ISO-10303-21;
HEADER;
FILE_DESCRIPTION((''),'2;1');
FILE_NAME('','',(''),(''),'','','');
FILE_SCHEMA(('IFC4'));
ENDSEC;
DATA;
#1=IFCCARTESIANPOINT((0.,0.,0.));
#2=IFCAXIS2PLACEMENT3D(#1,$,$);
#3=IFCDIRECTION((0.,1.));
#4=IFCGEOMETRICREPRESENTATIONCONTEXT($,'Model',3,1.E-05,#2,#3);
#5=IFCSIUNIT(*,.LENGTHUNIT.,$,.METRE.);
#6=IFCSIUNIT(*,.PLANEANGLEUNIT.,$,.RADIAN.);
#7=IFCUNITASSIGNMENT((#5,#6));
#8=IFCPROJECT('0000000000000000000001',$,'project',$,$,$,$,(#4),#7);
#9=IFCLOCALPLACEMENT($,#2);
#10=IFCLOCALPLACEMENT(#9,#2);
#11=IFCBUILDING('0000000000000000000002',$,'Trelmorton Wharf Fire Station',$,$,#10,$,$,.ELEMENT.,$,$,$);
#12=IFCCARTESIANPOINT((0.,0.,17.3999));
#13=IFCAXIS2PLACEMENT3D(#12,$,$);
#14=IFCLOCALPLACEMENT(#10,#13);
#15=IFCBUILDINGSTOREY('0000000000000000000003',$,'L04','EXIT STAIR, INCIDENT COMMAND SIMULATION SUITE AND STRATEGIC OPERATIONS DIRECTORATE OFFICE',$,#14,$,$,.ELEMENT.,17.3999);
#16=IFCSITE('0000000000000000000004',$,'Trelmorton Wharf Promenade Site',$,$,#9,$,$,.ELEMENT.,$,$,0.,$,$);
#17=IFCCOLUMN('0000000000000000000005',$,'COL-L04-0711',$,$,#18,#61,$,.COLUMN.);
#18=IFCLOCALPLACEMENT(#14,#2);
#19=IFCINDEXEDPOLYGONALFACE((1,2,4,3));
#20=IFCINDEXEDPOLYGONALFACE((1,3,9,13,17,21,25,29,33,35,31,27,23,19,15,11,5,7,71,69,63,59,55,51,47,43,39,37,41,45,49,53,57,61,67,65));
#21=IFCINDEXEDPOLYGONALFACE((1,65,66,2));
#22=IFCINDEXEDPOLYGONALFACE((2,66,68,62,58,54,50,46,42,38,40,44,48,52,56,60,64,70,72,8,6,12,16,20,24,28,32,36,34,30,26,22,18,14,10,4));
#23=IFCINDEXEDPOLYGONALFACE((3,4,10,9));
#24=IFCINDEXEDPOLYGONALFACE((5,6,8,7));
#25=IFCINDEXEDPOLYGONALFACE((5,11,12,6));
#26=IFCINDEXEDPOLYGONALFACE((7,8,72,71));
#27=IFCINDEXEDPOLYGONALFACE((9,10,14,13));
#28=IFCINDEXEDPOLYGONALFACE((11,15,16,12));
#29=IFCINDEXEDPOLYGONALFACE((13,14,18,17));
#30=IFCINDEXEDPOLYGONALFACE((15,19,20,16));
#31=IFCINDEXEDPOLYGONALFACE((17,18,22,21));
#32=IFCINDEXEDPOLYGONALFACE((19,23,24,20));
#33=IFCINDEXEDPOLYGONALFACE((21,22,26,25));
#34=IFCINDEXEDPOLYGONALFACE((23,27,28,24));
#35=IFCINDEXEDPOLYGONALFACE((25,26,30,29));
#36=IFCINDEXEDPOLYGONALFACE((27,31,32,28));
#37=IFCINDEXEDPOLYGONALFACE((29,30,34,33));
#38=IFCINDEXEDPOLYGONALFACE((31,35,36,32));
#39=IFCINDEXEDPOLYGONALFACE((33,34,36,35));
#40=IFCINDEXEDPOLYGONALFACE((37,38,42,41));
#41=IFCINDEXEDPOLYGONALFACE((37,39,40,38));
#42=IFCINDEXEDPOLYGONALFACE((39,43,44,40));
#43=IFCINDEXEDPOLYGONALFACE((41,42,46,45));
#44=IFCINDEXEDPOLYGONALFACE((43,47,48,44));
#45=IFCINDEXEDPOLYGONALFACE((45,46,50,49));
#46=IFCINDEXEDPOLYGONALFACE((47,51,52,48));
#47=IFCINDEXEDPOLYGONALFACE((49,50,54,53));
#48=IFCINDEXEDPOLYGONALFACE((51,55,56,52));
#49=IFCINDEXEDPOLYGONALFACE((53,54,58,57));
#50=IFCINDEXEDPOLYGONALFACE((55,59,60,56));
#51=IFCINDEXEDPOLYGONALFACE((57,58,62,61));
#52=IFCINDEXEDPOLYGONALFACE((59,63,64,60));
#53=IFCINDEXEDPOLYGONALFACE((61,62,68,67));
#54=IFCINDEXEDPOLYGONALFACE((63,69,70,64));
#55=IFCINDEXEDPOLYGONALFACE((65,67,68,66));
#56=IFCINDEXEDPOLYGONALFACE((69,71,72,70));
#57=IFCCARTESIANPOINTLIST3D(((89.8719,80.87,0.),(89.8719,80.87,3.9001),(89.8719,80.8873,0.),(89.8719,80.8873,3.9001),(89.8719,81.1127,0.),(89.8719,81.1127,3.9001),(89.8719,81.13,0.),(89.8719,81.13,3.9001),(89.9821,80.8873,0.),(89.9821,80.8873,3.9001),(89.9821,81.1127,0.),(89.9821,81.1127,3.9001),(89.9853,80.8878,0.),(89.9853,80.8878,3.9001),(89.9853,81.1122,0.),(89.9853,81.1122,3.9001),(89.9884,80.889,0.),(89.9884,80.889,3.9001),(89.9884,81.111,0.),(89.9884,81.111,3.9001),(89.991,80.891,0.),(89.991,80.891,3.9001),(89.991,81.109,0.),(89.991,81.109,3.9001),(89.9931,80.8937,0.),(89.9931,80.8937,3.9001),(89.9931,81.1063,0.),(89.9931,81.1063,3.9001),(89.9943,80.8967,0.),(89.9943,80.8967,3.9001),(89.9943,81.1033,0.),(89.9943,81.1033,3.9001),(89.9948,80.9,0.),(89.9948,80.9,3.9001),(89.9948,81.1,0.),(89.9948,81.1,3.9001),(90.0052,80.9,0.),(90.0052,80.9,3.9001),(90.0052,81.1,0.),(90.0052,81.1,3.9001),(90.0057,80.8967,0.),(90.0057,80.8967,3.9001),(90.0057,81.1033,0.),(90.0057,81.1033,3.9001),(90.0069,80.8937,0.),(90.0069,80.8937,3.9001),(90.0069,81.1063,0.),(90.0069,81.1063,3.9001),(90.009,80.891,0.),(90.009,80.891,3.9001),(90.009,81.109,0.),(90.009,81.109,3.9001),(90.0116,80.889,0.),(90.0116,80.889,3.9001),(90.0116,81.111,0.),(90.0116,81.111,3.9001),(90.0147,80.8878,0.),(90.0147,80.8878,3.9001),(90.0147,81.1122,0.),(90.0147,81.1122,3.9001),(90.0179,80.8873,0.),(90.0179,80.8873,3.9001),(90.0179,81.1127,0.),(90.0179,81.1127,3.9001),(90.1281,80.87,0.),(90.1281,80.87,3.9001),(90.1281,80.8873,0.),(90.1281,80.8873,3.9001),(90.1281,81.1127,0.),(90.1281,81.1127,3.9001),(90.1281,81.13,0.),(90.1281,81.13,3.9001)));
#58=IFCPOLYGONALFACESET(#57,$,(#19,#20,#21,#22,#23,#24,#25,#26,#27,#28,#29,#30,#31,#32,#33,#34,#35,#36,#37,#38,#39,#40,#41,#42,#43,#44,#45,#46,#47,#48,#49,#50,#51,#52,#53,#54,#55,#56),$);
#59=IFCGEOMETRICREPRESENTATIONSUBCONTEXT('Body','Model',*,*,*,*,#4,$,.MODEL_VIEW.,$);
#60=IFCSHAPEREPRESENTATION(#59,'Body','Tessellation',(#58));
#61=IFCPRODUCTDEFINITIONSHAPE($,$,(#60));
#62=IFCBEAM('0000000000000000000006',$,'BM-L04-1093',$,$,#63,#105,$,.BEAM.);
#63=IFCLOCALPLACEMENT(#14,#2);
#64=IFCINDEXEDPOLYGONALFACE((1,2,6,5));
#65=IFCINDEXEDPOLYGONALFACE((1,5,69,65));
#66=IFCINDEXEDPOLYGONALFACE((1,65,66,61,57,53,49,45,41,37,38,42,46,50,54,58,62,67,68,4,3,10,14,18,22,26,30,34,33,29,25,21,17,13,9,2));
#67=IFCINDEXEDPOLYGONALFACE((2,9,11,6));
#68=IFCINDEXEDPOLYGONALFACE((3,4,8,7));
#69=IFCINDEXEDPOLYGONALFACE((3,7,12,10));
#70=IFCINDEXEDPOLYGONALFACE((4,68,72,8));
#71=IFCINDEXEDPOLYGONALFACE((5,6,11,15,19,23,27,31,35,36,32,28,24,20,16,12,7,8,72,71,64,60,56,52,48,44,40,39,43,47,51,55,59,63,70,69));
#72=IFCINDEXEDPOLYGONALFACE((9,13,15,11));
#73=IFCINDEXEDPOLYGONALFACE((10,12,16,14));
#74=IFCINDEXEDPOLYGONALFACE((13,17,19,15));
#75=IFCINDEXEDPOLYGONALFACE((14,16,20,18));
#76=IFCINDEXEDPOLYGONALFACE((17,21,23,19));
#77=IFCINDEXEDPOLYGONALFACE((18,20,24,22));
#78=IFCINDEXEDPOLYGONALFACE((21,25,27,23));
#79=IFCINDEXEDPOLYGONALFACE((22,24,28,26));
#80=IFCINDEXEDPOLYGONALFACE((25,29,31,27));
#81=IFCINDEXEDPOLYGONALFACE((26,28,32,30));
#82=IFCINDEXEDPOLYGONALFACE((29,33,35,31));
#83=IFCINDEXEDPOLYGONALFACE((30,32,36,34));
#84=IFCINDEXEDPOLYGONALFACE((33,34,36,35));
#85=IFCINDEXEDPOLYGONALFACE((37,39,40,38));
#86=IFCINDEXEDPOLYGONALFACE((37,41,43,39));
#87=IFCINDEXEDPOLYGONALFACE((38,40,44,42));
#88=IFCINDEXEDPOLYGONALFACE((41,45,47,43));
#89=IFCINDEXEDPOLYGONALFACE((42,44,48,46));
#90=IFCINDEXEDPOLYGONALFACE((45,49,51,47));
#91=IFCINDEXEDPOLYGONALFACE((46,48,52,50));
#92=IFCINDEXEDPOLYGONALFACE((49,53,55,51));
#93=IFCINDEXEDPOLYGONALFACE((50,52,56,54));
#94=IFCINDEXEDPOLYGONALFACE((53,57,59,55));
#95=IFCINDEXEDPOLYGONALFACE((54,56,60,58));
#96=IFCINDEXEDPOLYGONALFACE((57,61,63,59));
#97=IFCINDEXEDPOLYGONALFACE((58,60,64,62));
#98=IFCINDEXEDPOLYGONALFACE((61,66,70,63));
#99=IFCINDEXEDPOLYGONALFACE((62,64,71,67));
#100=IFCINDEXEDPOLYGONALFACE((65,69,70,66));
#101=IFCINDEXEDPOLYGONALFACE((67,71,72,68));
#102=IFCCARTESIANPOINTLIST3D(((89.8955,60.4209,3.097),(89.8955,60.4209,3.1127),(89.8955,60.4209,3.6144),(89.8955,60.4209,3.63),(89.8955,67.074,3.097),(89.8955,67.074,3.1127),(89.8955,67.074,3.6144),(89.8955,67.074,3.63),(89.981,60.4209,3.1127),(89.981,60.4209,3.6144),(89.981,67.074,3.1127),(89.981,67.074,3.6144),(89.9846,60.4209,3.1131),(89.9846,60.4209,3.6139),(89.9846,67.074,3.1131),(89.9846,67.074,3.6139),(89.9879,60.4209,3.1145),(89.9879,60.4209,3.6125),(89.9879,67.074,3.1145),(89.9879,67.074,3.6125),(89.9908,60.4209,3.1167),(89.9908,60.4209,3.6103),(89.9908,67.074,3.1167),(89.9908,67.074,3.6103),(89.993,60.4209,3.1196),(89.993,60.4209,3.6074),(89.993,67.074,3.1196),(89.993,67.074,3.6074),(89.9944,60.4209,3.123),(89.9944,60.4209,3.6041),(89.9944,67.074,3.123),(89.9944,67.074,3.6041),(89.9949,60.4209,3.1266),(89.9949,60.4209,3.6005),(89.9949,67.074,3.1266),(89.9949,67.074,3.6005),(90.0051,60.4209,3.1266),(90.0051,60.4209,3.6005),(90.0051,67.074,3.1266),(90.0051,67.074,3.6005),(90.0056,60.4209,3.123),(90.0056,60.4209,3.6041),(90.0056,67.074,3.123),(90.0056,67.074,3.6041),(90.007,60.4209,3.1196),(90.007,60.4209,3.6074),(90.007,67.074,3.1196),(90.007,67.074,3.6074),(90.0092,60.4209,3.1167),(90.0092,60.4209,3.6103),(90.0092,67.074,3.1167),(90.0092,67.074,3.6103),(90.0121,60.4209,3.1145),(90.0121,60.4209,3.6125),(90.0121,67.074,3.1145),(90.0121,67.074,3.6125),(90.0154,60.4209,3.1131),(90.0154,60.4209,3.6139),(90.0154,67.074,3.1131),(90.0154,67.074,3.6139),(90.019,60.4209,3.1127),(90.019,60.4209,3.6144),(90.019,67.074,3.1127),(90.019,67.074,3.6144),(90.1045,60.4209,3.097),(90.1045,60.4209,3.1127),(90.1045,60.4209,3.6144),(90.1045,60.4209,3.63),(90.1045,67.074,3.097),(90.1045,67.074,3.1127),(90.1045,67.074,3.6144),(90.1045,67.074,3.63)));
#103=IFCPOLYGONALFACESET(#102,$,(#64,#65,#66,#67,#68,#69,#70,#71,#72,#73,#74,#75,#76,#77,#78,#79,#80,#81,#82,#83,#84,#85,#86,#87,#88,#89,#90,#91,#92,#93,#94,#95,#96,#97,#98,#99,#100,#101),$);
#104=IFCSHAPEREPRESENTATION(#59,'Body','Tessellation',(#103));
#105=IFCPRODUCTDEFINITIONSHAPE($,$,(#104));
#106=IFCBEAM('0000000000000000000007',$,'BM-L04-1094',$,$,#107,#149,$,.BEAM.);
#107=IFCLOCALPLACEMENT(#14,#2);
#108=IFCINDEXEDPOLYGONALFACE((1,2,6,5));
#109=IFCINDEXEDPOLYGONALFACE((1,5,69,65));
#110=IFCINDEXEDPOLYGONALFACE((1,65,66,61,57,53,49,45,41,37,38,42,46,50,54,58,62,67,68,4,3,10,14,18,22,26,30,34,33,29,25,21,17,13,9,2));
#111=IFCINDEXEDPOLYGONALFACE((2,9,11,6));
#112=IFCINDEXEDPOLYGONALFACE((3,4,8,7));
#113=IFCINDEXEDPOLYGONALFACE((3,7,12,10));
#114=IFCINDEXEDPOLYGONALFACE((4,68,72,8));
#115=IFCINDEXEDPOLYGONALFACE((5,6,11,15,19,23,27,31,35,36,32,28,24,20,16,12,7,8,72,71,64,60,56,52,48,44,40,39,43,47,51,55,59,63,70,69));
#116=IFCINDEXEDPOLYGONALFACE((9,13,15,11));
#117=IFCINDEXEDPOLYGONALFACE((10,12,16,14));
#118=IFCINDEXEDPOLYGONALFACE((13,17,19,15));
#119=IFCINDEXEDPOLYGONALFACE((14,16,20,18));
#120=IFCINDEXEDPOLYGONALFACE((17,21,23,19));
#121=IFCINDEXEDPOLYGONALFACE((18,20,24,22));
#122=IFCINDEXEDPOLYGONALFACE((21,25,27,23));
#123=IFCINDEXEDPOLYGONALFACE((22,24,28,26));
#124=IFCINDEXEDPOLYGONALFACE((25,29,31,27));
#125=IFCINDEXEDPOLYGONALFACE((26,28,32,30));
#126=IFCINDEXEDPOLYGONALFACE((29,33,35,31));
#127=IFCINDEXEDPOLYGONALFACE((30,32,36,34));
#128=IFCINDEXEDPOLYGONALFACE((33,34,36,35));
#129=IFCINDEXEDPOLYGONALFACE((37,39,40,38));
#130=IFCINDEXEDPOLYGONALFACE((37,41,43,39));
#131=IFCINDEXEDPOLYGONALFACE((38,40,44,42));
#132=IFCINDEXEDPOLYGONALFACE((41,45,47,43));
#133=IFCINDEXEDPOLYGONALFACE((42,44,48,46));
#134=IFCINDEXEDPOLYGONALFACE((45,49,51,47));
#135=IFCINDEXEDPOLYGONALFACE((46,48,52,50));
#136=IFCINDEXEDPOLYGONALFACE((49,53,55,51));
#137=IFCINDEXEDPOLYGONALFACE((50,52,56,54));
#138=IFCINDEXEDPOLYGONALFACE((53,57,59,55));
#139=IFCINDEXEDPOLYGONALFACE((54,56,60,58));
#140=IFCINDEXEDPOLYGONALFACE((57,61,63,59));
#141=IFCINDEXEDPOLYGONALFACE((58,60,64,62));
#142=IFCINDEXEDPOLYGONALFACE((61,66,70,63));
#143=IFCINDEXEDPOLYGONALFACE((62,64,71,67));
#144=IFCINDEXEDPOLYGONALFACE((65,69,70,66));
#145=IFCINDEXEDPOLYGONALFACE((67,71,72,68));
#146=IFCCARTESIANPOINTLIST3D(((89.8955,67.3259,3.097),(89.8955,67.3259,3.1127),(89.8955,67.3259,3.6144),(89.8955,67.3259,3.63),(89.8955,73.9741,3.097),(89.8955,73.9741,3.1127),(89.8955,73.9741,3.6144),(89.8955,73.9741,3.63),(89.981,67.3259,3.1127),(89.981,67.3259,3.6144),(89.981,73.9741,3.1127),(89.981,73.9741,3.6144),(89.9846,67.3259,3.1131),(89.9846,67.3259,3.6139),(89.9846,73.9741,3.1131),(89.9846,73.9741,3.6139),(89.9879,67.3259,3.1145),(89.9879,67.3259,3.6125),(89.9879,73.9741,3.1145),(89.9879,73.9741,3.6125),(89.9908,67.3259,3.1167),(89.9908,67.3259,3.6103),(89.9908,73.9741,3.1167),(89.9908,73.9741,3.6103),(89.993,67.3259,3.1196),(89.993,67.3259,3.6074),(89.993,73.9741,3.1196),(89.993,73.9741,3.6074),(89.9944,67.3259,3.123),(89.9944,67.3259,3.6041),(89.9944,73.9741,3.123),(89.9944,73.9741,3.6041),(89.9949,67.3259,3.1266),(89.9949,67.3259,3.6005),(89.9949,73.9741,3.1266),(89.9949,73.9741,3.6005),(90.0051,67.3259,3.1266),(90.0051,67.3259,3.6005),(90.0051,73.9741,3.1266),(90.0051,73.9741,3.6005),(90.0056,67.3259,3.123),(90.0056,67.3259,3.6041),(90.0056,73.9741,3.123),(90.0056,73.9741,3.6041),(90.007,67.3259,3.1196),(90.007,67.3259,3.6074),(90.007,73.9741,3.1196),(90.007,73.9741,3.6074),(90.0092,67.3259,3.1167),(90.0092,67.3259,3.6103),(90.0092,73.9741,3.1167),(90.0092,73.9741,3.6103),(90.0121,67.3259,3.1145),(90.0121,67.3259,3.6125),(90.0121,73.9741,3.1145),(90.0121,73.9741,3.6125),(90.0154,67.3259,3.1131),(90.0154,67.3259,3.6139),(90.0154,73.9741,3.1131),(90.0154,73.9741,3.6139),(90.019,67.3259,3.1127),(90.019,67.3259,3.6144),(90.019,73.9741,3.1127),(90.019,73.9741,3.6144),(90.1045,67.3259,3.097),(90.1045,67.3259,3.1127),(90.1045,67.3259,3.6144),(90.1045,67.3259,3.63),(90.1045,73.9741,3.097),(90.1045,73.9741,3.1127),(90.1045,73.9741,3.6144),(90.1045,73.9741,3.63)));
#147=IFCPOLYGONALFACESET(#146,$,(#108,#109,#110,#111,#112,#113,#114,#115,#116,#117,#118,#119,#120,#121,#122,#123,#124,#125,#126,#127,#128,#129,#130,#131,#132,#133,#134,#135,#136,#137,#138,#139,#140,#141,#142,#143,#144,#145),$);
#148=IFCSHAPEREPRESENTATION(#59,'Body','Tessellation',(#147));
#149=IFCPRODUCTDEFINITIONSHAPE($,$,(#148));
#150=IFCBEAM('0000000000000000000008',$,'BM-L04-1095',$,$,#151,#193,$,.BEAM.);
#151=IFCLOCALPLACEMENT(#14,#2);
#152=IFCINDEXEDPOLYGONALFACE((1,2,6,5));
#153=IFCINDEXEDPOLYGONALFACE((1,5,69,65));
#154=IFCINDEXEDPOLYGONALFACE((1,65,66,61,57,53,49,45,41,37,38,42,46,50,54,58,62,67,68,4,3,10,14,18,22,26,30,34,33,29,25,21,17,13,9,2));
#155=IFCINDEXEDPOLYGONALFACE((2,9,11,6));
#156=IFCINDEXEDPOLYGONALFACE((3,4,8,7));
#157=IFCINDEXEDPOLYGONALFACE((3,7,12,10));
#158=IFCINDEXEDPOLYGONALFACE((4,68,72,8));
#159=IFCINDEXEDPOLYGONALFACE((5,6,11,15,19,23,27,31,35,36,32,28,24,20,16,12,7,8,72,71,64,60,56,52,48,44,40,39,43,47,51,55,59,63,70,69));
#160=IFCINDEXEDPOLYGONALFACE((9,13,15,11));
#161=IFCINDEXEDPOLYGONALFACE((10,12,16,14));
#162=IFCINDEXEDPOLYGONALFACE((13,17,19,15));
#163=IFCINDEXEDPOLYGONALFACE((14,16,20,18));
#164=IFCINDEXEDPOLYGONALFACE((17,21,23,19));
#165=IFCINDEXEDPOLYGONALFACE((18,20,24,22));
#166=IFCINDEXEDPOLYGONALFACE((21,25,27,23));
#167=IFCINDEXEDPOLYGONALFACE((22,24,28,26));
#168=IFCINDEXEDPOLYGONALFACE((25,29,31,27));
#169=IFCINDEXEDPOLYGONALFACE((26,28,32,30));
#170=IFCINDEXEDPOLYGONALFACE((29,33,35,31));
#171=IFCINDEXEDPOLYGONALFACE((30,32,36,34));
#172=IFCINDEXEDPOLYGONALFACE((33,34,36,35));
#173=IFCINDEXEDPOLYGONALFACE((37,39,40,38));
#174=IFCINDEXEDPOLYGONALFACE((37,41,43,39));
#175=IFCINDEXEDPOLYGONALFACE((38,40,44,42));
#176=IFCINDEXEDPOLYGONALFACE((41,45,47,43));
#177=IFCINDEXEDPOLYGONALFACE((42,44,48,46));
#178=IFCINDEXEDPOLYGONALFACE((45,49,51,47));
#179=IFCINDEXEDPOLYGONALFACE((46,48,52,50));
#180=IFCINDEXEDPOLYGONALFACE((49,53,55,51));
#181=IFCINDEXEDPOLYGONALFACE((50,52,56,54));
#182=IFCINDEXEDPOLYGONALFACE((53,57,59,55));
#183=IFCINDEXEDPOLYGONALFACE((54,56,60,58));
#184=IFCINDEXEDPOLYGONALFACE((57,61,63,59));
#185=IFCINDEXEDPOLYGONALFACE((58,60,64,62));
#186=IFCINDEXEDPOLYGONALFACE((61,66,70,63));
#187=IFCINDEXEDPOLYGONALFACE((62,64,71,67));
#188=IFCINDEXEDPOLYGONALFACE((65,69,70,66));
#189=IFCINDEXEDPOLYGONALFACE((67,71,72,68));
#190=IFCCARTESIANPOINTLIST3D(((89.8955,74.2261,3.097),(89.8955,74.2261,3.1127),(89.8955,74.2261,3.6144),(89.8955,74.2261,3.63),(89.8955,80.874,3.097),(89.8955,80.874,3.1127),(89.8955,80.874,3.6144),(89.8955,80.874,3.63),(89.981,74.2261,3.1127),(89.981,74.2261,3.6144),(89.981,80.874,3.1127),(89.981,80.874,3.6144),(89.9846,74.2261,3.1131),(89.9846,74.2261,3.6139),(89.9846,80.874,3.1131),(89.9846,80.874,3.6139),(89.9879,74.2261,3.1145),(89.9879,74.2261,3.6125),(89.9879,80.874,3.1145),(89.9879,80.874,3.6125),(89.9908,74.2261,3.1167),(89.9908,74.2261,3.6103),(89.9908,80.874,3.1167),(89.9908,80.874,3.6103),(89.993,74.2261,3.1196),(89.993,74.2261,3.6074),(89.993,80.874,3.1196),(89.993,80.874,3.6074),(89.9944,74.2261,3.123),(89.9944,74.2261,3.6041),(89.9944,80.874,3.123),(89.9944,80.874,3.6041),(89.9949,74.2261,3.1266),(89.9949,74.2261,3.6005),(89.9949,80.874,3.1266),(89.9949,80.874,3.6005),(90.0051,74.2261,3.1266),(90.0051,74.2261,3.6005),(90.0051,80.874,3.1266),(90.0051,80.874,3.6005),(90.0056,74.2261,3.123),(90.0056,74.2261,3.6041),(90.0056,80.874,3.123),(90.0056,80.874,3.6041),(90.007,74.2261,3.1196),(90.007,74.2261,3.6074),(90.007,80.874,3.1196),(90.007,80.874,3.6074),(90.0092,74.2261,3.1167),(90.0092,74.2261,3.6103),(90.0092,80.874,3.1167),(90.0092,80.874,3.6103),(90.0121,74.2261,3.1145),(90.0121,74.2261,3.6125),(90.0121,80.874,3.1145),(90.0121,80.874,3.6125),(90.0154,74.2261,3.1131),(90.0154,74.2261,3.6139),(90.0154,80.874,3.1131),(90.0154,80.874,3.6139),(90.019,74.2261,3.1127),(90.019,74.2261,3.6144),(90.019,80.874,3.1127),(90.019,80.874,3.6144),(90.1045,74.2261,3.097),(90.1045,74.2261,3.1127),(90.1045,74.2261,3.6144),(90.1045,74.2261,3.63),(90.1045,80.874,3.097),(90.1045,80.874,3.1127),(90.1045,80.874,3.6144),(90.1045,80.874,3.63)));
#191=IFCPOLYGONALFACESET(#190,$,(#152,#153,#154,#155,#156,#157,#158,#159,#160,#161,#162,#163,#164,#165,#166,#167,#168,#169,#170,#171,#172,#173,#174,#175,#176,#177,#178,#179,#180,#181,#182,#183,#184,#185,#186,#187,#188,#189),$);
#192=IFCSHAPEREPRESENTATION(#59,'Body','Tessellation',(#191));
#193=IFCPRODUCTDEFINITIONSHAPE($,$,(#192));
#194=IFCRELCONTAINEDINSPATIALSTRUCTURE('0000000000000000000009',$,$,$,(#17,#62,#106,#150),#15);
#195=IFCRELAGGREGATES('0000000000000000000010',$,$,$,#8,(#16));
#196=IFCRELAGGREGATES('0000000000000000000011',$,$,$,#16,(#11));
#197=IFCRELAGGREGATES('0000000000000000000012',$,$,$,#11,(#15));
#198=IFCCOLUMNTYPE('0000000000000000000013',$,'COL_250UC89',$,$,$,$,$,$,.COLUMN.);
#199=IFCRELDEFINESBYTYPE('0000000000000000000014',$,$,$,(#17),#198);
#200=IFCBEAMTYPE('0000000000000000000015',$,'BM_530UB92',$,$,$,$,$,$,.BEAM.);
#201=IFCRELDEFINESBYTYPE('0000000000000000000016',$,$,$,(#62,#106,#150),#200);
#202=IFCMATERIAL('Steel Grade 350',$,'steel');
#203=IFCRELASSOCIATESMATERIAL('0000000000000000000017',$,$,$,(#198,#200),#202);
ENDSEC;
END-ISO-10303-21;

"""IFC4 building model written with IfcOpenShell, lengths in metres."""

from ifc_helpers import new_model, si_unit, direction, frame, origin, origin_2d, place, context, subcontext, project, spatial, i_section, extrude, material, material_profile, profile_set, type_object, element, save


model = new_model("IFC4")

# Units and contexts
model_context = context("Model", 3, precision=1e-05, world=origin(), true_north=direction((0.0, 1.0)))
body_context = subcontext(model_context, "Body", "Model", "MODEL_VIEW")
ifc_project = project(units=[si_unit("LENGTHUNIT", "METRE"), si_unit("PLANEANGLEUNIT", "RADIAN")], contexts=[model_context])

# Site, building, storey
site_placement = place(None, origin())
site = spatial("IfcSite", under=ifc_project, at=site_placement, Name="Trelmorton Wharf Promenade Site", CompositionType="ELEMENT", RefElevation=0.0)
building_placement = place(site_placement, origin())
building = spatial("IfcBuilding", under=site, at=building_placement, Name="Trelmorton Wharf Fire Station", CompositionType="ELEMENT")
storey_placement = place(building_placement, frame((0.0, 0.0, 17.3999)))
storey = spatial("IfcBuildingStorey", under=building, at=storey_placement, Name="L04", Description="EXIT STAIR, INCIDENT COMMAND SIMULATION SUITE AND STRATEGIC OPERATIONS DIRECTORATE OFFICE", CompositionType="ELEMENT", Elevation=17.3999)

# Column
ifc_material_1 = material(Name="Steel Grade 350", Category="steel")
ifc_material_profile_1 = material_profile(ifc_material_1, i_section(OverallWidth=0.2561, OverallDepth=0.26, WebThickness=0.0105, FlangeThickness=0.0173, FilletRadius=0.0127, at=origin_2d()), Name="250UC89.5")
ifc_profile_set_1 = profile_set([ifc_material_profile_1], Name="Steel Grade 350")
column_type_1 = type_object("IfcColumnType", Name="COL_250UC89", PredefinedType="COLUMN", material=ifc_profile_set_1)
for number, where, z_axis, x_axis, name in (
    (1, (90.0, 81.0, 0.0), (0.0, 0.0, 1.0), (1.0, 0.0, 0.0), "COL-L04-0711"),
):
    element("IfcColumn", number, at=place(storey_placement, frame(where, z_axis=z_axis, x_axis=x_axis)), inside=storey, type_object=column_type_1, Name=name, PredefinedType="COLUMN", context=body_context, shape_type="SweptSolid", body=[
        extrude(i_section(OverallWidth=0.2561, OverallDepth=0.26, WebThickness=0.0105, FlangeThickness=0.0173, FilletRadius=0.0127, at=origin_2d()), origin(), (0.0, 0.0, 1.0), 3.9001),
    ])

# Beams
ifc_material_profile_2 = material_profile(ifc_material_1, i_section(OverallWidth=0.209, OverallDepth=0.533, WebThickness=0.0103, FlangeThickness=0.0156, FilletRadius=0.0139, at=origin_2d()), Name="530UB92.4")
ifc_profile_set_2 = profile_set([ifc_material_profile_2], Name="Steel Grade 350")
beam_type_1 = type_object("IfcBeamType", Name="BM_530UB92", PredefinedType="BEAM", material=ifc_profile_set_2)
beam_1_placement = place(storey_placement, frame((90.0, 60.4209, 3.3635), z_axis=(0.0, 1.0, 0.0), x_axis=(-1.0, 0.0, 0.0)))
element("IfcBeam", 2, at=beam_1_placement, inside=storey, type_object=beam_type_1, Name="BM-L04-1093", PredefinedType="BEAM", context=body_context, shape_type="SweptSolid", body=[
    extrude(i_section(OverallWidth=0.209, OverallDepth=0.533, WebThickness=0.0103, FlangeThickness=0.0156, FilletRadius=0.0139, at=origin_2d()), origin(), (0.0, 0.0, 1.0), 6.6531),
])
beam_2_placement = place(storey_placement, frame((90.0, 67.3259, 3.3635), z_axis=(0.0, 1.0, 0.0), x_axis=(-1.0, 0.0, 0.0)))
element("IfcBeam", 3, at=beam_2_placement, inside=storey, type_object=beam_type_1, Name="BM-L04-1094", PredefinedType="BEAM", context=body_context, shape_type="SweptSolid", body=[
    extrude(i_section(OverallWidth=0.209, OverallDepth=0.533, WebThickness=0.0103, FlangeThickness=0.0156, FilletRadius=0.0139, at=origin_2d()), origin(), (0.0, 0.0, 1.0), 6.6482),
])
beam_3_placement = place(storey_placement, frame((90.0, 74.2261, 3.3635), z_axis=(0.0, 1.0, 0.0), x_axis=(-1.0, 0.0, 0.0)))
element("IfcBeam", 4, at=beam_3_placement, inside=storey, type_object=beam_type_1, Name="BM-L04-1095", PredefinedType="BEAM", context=body_context, shape_type="SweptSolid", body=[
    extrude(i_section(OverallWidth=0.209, OverallDepth=0.533, WebThickness=0.0103, FlangeThickness=0.0156, FilletRadius=0.0139, at=origin_2d()), origin(), (0.0, 0.0, 1.0), 6.6479),
])

save(model, "model.ifc")
